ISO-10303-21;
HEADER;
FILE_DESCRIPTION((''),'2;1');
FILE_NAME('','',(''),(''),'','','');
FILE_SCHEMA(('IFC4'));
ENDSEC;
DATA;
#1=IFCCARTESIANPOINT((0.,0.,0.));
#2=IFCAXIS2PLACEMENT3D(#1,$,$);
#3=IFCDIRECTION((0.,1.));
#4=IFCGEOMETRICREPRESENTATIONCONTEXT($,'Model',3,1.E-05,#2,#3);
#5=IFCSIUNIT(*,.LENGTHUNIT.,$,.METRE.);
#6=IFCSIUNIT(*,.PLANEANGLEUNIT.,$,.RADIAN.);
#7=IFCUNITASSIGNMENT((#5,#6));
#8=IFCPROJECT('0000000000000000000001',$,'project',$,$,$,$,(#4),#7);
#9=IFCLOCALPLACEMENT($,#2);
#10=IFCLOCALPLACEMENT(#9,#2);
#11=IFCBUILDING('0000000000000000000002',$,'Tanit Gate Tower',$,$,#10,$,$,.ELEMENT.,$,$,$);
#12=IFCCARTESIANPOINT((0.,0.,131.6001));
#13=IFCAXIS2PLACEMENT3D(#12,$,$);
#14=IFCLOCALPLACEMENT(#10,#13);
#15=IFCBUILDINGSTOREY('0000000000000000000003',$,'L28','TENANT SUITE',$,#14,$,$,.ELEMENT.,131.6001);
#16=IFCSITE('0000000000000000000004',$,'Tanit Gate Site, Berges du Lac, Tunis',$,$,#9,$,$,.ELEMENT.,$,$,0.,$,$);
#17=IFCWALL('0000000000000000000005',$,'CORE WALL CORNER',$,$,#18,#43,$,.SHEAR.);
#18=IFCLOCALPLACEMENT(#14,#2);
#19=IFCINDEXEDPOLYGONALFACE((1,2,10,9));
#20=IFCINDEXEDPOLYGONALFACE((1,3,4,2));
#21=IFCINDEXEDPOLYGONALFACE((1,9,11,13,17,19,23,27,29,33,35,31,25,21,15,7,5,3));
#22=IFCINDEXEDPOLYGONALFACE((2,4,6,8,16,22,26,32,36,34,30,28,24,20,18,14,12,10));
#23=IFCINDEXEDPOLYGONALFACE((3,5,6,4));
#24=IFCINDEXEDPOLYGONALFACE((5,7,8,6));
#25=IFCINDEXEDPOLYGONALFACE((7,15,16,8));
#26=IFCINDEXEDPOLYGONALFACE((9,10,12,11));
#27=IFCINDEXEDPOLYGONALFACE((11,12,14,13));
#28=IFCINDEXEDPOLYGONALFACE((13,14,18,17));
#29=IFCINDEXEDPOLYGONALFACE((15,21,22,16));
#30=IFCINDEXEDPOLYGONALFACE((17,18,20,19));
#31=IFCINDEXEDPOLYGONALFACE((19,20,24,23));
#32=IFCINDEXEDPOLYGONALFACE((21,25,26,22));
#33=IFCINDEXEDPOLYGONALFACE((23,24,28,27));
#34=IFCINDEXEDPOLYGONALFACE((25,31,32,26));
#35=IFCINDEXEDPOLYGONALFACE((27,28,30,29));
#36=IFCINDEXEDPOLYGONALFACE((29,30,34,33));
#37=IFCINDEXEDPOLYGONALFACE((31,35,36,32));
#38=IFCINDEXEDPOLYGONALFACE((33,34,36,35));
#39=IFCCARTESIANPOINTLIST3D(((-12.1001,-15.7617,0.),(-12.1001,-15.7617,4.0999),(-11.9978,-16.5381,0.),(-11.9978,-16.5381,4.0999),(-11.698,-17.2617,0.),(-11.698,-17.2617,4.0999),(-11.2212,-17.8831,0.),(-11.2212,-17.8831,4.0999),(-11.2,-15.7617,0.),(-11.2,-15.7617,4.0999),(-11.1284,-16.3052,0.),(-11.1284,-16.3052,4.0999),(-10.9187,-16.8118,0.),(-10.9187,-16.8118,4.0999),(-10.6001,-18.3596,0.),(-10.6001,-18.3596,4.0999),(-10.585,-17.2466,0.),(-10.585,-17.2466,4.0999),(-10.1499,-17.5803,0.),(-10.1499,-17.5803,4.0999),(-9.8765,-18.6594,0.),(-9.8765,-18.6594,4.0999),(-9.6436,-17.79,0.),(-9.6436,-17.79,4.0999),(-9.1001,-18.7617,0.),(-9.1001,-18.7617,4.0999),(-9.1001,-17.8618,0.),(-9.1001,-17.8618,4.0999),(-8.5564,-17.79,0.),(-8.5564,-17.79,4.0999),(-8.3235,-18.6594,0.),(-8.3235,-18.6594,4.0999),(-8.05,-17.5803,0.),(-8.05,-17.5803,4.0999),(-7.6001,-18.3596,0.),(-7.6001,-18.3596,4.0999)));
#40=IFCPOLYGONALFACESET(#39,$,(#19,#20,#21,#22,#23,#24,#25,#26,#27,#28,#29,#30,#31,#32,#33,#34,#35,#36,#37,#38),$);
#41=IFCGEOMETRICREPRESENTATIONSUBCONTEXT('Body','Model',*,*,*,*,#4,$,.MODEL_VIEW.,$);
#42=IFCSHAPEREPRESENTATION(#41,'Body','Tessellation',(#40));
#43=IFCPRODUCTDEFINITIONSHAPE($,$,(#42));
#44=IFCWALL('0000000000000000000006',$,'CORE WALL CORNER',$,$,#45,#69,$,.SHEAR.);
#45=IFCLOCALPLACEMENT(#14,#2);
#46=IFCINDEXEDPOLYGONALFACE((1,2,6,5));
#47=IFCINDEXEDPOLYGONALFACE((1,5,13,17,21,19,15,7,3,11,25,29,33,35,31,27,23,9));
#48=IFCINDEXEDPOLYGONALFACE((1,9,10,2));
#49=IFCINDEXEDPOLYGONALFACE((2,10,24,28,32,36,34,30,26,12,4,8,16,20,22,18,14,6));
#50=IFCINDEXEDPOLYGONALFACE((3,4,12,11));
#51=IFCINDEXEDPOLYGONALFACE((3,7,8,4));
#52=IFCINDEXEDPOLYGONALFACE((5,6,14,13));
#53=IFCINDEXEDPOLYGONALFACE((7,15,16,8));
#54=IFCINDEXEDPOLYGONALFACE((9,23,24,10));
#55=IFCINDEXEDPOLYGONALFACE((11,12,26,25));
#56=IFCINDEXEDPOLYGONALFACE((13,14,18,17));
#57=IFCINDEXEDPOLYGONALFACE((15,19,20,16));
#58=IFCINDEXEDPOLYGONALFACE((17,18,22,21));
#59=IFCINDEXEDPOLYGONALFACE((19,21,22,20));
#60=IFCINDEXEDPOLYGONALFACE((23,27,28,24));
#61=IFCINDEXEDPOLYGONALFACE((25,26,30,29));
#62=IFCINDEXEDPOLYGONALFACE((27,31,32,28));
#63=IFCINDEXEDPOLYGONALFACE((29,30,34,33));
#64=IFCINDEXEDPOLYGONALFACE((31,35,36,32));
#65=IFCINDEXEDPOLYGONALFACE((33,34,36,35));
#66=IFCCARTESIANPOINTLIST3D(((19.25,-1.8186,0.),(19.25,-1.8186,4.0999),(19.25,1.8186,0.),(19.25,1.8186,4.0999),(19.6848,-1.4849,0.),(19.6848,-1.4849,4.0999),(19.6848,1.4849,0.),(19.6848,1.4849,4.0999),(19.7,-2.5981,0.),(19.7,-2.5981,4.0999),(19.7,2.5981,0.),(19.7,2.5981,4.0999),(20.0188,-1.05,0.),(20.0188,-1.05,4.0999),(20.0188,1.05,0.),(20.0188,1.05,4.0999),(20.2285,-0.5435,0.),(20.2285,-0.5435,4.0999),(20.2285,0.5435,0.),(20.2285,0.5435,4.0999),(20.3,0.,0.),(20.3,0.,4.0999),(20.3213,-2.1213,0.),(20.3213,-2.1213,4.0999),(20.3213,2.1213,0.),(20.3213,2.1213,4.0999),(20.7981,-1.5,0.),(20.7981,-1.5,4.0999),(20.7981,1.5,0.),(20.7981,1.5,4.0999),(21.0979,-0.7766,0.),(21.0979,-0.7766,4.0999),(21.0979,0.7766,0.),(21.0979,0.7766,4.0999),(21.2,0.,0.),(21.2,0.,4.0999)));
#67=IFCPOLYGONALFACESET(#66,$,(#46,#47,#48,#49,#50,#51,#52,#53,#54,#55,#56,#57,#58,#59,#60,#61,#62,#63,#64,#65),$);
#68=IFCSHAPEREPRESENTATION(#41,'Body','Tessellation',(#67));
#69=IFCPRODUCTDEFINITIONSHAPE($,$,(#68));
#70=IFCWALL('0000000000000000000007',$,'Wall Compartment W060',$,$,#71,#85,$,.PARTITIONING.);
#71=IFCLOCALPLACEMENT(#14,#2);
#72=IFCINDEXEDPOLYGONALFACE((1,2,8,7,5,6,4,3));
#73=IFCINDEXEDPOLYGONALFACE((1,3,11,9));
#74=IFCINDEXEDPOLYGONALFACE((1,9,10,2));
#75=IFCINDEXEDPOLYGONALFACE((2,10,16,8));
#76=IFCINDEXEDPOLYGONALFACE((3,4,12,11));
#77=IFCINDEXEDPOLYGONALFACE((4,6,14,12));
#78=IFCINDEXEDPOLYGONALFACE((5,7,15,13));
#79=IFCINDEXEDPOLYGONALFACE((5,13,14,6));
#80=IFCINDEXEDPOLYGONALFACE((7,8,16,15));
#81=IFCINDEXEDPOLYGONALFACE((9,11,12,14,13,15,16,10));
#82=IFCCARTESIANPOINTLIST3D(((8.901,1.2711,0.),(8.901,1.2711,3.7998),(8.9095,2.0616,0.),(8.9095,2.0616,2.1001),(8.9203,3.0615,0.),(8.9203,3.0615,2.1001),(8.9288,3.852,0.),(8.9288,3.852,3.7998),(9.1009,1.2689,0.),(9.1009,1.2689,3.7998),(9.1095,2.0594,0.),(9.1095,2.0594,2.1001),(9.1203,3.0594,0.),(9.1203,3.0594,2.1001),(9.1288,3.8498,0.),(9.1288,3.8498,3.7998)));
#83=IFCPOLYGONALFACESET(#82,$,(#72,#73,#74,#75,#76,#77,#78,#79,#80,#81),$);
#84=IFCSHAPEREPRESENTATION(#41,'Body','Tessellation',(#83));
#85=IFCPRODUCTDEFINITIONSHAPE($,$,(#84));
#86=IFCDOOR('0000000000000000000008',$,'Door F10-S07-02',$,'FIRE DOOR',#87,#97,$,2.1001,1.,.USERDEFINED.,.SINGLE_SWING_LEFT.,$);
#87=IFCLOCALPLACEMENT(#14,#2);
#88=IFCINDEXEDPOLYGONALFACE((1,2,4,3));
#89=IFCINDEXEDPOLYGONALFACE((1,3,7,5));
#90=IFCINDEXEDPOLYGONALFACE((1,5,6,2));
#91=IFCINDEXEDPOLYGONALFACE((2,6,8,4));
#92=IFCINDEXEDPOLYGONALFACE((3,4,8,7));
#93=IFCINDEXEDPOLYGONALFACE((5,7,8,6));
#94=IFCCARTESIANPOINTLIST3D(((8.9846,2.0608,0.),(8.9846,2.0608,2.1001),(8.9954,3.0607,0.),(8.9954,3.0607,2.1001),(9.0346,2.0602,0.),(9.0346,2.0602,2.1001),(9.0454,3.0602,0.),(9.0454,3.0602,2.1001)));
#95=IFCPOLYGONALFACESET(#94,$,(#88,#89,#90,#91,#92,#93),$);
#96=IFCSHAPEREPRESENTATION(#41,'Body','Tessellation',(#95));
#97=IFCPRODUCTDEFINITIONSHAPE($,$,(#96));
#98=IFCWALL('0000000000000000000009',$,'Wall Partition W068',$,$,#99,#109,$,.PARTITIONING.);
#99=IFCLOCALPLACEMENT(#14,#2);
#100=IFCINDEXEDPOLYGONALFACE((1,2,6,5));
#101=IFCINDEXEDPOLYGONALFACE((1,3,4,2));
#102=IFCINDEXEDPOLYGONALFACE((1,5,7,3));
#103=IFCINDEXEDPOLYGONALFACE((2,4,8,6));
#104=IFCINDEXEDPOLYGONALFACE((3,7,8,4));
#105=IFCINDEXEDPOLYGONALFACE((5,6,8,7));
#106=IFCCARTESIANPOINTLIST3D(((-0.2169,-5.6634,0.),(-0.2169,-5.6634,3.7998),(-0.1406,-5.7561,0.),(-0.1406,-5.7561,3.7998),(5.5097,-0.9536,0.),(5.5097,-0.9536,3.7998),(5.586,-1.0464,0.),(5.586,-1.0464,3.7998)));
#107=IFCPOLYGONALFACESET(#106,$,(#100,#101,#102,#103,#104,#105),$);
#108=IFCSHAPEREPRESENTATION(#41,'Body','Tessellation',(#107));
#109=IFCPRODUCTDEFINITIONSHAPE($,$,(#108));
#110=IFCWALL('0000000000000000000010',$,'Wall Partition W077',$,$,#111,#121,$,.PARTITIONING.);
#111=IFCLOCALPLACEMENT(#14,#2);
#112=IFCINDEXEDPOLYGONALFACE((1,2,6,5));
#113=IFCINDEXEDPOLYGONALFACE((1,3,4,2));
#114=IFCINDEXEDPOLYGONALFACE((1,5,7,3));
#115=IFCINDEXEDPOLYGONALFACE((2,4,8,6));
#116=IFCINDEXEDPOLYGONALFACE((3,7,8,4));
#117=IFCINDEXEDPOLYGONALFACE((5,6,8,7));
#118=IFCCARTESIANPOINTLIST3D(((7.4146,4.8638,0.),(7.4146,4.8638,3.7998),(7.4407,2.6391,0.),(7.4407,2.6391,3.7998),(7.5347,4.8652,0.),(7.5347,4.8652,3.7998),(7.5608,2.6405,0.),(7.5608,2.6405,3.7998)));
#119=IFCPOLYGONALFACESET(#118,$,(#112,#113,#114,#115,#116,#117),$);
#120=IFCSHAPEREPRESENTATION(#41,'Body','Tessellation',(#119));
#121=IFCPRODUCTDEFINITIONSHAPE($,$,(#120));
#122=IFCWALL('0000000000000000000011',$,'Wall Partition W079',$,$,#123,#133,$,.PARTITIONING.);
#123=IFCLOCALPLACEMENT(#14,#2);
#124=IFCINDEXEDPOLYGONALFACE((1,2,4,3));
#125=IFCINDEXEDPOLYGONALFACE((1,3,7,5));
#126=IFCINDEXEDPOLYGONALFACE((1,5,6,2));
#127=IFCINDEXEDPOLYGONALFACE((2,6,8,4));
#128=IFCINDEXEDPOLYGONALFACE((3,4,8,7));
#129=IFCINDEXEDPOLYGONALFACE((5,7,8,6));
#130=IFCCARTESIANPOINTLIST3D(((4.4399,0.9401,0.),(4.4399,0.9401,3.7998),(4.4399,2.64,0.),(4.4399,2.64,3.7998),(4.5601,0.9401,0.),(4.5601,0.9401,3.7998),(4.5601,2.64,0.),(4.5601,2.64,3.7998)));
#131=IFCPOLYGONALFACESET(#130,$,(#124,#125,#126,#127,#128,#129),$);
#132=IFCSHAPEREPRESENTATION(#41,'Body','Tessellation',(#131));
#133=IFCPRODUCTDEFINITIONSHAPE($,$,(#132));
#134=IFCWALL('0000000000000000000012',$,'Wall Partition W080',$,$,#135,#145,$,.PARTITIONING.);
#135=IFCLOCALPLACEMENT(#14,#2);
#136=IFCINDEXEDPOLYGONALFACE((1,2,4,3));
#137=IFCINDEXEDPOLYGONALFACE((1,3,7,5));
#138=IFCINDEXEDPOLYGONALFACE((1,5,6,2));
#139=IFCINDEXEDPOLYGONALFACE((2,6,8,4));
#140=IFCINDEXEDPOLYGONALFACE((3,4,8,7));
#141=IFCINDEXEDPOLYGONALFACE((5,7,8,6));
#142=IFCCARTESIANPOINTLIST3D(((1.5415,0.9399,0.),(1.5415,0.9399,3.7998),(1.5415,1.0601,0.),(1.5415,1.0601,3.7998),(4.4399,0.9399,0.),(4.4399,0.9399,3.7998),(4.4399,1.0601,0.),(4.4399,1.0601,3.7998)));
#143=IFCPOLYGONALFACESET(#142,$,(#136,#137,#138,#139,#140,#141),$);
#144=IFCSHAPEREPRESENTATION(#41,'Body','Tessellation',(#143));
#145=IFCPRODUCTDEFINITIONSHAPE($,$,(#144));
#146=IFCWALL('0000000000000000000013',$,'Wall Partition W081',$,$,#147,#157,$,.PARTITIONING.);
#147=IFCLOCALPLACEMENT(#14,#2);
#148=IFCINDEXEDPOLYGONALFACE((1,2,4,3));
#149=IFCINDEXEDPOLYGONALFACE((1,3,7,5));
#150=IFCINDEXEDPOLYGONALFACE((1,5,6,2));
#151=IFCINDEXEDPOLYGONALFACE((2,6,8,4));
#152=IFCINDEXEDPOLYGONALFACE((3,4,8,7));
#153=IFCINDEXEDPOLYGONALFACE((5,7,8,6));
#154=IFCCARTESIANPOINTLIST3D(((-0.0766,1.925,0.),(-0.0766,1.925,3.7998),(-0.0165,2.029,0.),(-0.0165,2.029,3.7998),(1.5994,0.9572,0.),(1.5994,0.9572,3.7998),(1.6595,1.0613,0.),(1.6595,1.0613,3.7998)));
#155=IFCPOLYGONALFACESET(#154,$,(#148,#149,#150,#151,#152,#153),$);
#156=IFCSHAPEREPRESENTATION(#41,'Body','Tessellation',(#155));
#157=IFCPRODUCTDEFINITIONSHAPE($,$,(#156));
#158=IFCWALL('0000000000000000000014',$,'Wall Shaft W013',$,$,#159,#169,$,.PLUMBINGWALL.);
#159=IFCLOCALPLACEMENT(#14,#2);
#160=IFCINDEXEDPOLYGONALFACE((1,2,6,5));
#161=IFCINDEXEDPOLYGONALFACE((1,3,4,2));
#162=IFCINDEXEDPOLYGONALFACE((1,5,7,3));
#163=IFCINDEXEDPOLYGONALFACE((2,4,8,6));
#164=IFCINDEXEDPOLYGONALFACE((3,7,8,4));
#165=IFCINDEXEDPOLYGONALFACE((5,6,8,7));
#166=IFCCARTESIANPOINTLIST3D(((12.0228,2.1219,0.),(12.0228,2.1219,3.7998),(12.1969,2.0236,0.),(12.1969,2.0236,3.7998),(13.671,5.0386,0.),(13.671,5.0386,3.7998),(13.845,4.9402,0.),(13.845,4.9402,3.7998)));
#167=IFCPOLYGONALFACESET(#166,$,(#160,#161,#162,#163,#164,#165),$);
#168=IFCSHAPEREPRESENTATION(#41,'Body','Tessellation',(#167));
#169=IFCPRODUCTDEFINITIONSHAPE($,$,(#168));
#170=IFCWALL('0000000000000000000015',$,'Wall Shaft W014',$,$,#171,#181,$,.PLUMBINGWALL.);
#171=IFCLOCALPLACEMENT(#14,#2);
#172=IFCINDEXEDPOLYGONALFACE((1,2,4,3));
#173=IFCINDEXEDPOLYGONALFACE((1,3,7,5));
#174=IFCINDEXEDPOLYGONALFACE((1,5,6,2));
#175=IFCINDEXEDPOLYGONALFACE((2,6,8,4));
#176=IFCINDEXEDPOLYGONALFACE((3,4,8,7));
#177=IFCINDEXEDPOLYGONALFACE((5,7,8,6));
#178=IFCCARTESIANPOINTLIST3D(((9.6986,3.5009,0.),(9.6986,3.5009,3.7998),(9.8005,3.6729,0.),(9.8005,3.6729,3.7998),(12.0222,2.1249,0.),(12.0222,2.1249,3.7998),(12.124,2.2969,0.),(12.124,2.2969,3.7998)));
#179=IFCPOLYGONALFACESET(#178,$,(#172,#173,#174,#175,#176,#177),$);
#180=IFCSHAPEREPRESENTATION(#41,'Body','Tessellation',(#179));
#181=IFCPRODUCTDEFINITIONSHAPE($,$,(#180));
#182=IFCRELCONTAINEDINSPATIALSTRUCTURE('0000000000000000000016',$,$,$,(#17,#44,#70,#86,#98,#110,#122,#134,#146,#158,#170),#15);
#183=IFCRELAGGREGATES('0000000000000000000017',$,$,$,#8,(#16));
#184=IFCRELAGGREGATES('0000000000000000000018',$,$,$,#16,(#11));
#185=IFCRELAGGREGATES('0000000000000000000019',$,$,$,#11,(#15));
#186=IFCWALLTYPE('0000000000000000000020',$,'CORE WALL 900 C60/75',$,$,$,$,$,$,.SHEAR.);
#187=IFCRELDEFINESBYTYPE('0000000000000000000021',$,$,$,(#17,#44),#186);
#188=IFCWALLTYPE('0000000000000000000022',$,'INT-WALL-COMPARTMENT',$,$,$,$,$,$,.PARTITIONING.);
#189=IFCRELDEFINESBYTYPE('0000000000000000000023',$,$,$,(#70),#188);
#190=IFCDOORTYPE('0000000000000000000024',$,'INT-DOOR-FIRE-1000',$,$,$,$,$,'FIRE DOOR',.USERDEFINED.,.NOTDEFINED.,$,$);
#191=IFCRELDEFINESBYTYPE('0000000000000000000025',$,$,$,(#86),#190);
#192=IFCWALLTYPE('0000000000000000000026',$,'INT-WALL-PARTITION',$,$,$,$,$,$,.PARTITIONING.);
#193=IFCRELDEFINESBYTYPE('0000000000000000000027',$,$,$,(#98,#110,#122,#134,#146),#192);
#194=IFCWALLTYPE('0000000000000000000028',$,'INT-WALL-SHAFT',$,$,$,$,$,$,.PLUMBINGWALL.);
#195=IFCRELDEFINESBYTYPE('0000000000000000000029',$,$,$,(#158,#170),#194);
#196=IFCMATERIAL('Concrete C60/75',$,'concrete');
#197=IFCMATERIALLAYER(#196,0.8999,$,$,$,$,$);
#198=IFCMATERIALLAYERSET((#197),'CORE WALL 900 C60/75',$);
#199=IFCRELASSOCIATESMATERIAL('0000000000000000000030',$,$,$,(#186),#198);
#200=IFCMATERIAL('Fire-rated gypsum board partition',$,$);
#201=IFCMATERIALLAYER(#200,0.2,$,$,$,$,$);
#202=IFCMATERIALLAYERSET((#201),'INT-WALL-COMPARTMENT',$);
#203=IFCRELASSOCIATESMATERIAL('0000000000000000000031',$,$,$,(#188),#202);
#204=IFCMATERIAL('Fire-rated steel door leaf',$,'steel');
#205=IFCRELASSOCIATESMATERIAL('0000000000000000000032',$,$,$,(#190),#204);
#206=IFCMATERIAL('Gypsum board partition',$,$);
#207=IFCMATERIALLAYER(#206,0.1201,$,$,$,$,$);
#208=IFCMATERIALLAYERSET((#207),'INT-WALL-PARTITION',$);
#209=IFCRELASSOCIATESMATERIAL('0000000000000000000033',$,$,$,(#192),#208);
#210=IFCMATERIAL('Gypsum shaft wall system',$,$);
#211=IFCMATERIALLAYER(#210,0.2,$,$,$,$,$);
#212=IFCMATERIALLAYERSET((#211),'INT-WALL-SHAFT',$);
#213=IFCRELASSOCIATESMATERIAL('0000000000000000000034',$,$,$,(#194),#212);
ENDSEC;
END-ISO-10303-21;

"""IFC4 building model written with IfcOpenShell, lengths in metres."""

from ifc_helpers import new_model, si_unit, direction, frame, frame_2d, origin, place, context, subcontext, project, spatial, polyline, rectangle, outline, extrude, material, layer, layer_set, type_object, element, fill, save


model = new_model("IFC4")

# Units and contexts
model_context = context("Model", 3, precision=1e-05, world=origin(), true_north=direction((0.0, 1.0)))
body_context = subcontext(model_context, "Body", "Model", "MODEL_VIEW")
ifc_project = project(units=[si_unit("LENGTHUNIT", "METRE"), si_unit("PLANEANGLEUNIT", "RADIAN")], contexts=[model_context])

# Site, building, storey
site_placement = place(None, origin())
site = spatial("IfcSite", under=ifc_project, at=site_placement, Name="Tanit Gate Site, Berges du Lac, Tunis", CompositionType="ELEMENT", RefElevation=0.0)
building_placement = place(site_placement, origin())
building = spatial("IfcBuilding", under=site, at=building_placement, Name="Tanit Gate Tower", CompositionType="ELEMENT")
storey_placement = place(building_placement, frame((0.0, 0.0, 131.6001)))
storey = spatial("IfcBuildingStorey", under=building, at=storey_placement, Name="L28", Description="TENANT SUITE", CompositionType="ELEMENT", Elevation=131.6001)

# Walls
ifc_material_1 = material(Name="Concrete C60/75", Category="concrete")
ifc_layer_1 = layer(ifc_material_1, 0.8999)
ifc_layer_set_1 = layer_set([ifc_layer_1], Name="CORE WALL 900 C60/75")
wall_type_1 = type_object("IfcWallType", Name="CORE WALL 900 C60/75", PredefinedType="SHEAR", material=ifc_layer_set_1)
wall_1_placement = place(storey_placement, origin())
element("IfcWall", 1, at=wall_1_placement, inside=storey, type_object=wall_type_1, Name="CORE WALL CORNER", PredefinedType="SHEAR", context=body_context, shape_type="SweptSolid", body=[
    extrude(outline(polyline([(-12.1001, -15.7617), (-11.9978, -16.5381), (-11.698, -17.2617), (-11.2212, -17.8831), (-10.6001, -18.3596), (-9.8765, -18.6594), (-9.1001, -18.7617), (-8.3235, -18.6594), (-7.6001, -18.3596), (-8.05, -17.5803), (-8.5564, -17.79), (-9.1001, -17.8618), (-9.6436, -17.79), (-10.1499, -17.5803), (-10.585, -17.2466), (-10.9187, -16.8118), (-11.1284, -16.3052), (-11.2, -15.7617), (-12.1001, -15.7617)])), origin(), (0.0, 0.0, 1.0), 4.0999),
])
wall_2_placement = place(storey_placement, origin())
element("IfcWall", 2, at=wall_2_placement, inside=storey, type_object=wall_type_1, Name="CORE WALL CORNER", PredefinedType="SHEAR", context=body_context, shape_type="SweptSolid", body=[
    extrude(outline(polyline([(19.7, -2.5981), (20.3213, -2.1213), (20.7981, -1.5), (21.0979, -0.7766), (21.2, 0.0), (21.0979, 0.7766), (20.7981, 1.5), (20.3213, 2.1213), (19.7, 2.5981), (19.25, 1.8186), (19.6848, 1.4849), (20.0188, 1.05), (20.2285, 0.5435), (20.3, 0.0), (20.2285, -0.5435), (20.0188, -1.05), (19.6848, -1.4849), (19.25, -1.8186), (19.7, -2.5981)])), origin(), (0.0, 0.0, 1.0), 4.0999),
])

# Wall, opening, door
ifc_material_2 = material(Name="Fire-rated gypsum board partition")
ifc_layer_2 = layer(ifc_material_2, 0.2)
ifc_layer_set_2 = layer_set([ifc_layer_2], Name="INT-WALL-COMPARTMENT")
wall_type_2 = type_object("IfcWallType", Name="INT-WALL-COMPARTMENT", PredefinedType="PARTITIONING", material=ifc_layer_set_2)
wall_3_placement = place(storey_placement, frame((9.001, 1.27, 0.0), z_axis=(0.0, 0.0, 1.0), x_axis=(0.010784, 0.999942, 0.0)))
wall_3 = element("IfcWall", 3, at=wall_3_placement, inside=storey, type_object=wall_type_2, Name="Wall Compartment W060", PredefinedType="PARTITIONING", context=body_context, shape_type="SweptSolid", body=[
    extrude(rectangle(XDim=2.5811, YDim=0.2, at=frame_2d((1.2905, 0.0))), origin(), (0.0, 0.0, 1.0), 3.7998),
])
opening_1_placement = place(wall_3_placement, frame((0.7905, 0.0, 0.0)))
opening_1 = element("IfcOpeningElement", 4, at=opening_1_placement, cuts=wall_3, PredefinedType="OPENING", context=body_context, shape_type="SweptSolid", body=[
    extrude(rectangle(XDim=1.0, YDim=2.1001, at=frame_2d((0.5, 1.05))), frame((0.0, 0.1099, 0.0), z_axis=(0.0, -1.0, 0.0), x_axis=(1.0, 0.0, 0.0)), (0.0, 0.0, 1.0), 0.22),
])
ifc_material_3 = material(Name="Fire-rated steel door leaf", Category="steel")
door_type_1 = type_object("IfcDoorType", Name="INT-DOOR-FIRE-1000", ElementType="FIRE DOOR", OperationType="NOTDEFINED", PredefinedType="USERDEFINED", material=ifc_material_3)
door_1_placement = place(opening_1_placement, origin())
door_1 = element("IfcDoor", 5, at=door_1_placement, inside=storey, type_object=door_type_1, Name="Door F10-S07-02", ObjectType="FIRE DOOR", OperationType="SINGLE_SWING_LEFT", OverallHeight=2.1001, OverallWidth=1.0, PredefinedType="USERDEFINED", context=body_context, shape_type="SweptSolid", body=[
    extrude(rectangle(XDim=1.0, YDim=2.1001, at=frame_2d((0.5, 1.05))), frame((0.0, 0.0249, 0.0), z_axis=(0.0, -1.0, 0.0), x_axis=(1.0, 0.0, 0.0)), (0.0, 0.0, 1.0), 0.05),
])
fill(opening_1, door_1)

# Walls
ifc_material_4 = material(Name="Gypsum board partition")
ifc_layer_3 = layer(ifc_material_4, 0.1201)
ifc_layer_set_3 = layer_set([ifc_layer_3], Name="INT-WALL-PARTITION")
wall_type_3 = type_object("IfcWallType", Name="INT-WALL-PARTITION", PredefinedType="PARTITIONING", material=ifc_layer_set_3)
wall_4_placement = place(storey_placement, frame((5.5479, -1.0, 0.0), z_axis=(0.0, 0.0, 1.0), x_axis=(-0.772345, -0.635203, 0.0)))
element("IfcWall", 6, at=wall_4_placement, inside=storey, type_object=wall_type_3, Name="Wall Partition W068", PredefinedType="PARTITIONING", context=body_context, shape_type="SweptSolid", body=[
    extrude(rectangle(XDim=7.4146, YDim=0.1201, at=frame_2d((3.7073, 0.0))), origin(), (0.0, 0.0, 1.0), 3.7998),
])
wall_5_placement = place(storey_placement, frame((7.5007, 2.6399, 0.0), z_axis=(0.0, 0.0, 1.0), x_axis=(-0.011742, 0.999931, 0.0)))
element("IfcWall", 7, at=wall_5_placement, inside=storey, type_object=wall_type_3, Name="Wall Partition W077", PredefinedType="PARTITIONING", context=body_context, shape_type="SweptSolid", body=[
    extrude(rectangle(XDim=2.2249, YDim=0.1201, at=frame_2d((1.1123, 0.0))), origin(), (0.0, 0.0, 1.0), 3.7998),
])
wall_6_placement = place(storey_placement, frame((4.5, 0.9399, 0.0), z_axis=(0.0, 0.0, 1.0), x_axis=(0.0, 1.0, 0.0)))
element("IfcWall", 8, at=wall_6_placement, inside=storey, type_object=wall_type_3, Name="Wall Partition W079", PredefinedType="PARTITIONING", context=body_context, shape_type="SweptSolid", body=[
    extrude(rectangle(XDim=1.7, YDim=0.1201, at=frame_2d((0.8501, 0.0))), origin(), (0.0, 0.0, 1.0), 3.7998),
])
wall_7_placement = place(storey_placement, frame((1.5415, 1.0, 0.0), z_axis=(0.0, 0.0, 1.0), x_axis=(1.0, 0.0, 0.0)))
element("IfcWall", 9, at=wall_7_placement, inside=storey, type_object=wall_type_3, Name="Wall Partition W080", PredefinedType="PARTITIONING", context=body_context, shape_type="SweptSolid", body=[
    extrude(rectangle(XDim=2.8984, YDim=0.1201, at=frame_2d((1.4492, 0.0))), origin(), (0.0, 0.0, 1.0), 3.7998),
])
wall_8_placement = place(storey_placement, frame((-0.0466, 1.9771, 0.0), z_axis=(0.0, 0.0, 1.0), x_axis=(0.865999, -0.500046, 0.0)))
element("IfcWall", 10, at=wall_8_placement, inside=storey, type_object=wall_type_3, Name="Wall Partition W081", PredefinedType="PARTITIONING", context=body_context, shape_type="SweptSolid", body=[
    extrude(rectangle(XDim=1.9353, YDim=0.1201, at=frame_2d((0.9678, 0.0))), origin(), (0.0, 0.0, 1.0), 3.7998),
])
ifc_material_5 = material(Name="Gypsum shaft wall system")
ifc_layer_4 = layer(ifc_material_5, 0.2)
ifc_layer_set_4 = layer_set([ifc_layer_4], Name="INT-WALL-SHAFT")
wall_type_4 = type_object("IfcWallType", Name="INT-WALL-SHAFT", PredefinedType="PLUMBINGWALL", material=ifc_layer_set_4)
wall_9_placement = place(storey_placement, frame((12.1099, 2.0728, 0.0), z_axis=(0.0, 0.0, 1.0), x_axis=(0.491966, 0.870614, 0.0)))
element("IfcWall", 11, at=wall_9_placement, inside=storey, type_object=wall_type_4, Name="Wall Shaft W013", PredefinedType="PLUMBINGWALL", context=body_context, shape_type="SweptSolid", body=[
    extrude(rectangle(XDim=3.3501, YDim=0.2, at=frame_2d((1.675, 0.0))), origin(), (0.0, 0.0, 1.0), 3.7998),
])
wall_10_placement = place(storey_placement, frame((12.073, 2.2109, 0.0), z_axis=(0.0, 0.0, 1.0), x_axis=(-0.860438, 0.509555, 0.0)))
element("IfcWall", 12, at=wall_10_placement, inside=storey, type_object=wall_type_4, Name="Wall Shaft W014", PredefinedType="PLUMBINGWALL", context=body_context, shape_type="SweptSolid", body=[
    extrude(rectangle(XDim=2.7004, YDim=0.2, at=frame_2d((1.3501, 0.0))), origin(), (0.0, 0.0, 1.0), 3.7998),
])

save(model, "model.ifc")
